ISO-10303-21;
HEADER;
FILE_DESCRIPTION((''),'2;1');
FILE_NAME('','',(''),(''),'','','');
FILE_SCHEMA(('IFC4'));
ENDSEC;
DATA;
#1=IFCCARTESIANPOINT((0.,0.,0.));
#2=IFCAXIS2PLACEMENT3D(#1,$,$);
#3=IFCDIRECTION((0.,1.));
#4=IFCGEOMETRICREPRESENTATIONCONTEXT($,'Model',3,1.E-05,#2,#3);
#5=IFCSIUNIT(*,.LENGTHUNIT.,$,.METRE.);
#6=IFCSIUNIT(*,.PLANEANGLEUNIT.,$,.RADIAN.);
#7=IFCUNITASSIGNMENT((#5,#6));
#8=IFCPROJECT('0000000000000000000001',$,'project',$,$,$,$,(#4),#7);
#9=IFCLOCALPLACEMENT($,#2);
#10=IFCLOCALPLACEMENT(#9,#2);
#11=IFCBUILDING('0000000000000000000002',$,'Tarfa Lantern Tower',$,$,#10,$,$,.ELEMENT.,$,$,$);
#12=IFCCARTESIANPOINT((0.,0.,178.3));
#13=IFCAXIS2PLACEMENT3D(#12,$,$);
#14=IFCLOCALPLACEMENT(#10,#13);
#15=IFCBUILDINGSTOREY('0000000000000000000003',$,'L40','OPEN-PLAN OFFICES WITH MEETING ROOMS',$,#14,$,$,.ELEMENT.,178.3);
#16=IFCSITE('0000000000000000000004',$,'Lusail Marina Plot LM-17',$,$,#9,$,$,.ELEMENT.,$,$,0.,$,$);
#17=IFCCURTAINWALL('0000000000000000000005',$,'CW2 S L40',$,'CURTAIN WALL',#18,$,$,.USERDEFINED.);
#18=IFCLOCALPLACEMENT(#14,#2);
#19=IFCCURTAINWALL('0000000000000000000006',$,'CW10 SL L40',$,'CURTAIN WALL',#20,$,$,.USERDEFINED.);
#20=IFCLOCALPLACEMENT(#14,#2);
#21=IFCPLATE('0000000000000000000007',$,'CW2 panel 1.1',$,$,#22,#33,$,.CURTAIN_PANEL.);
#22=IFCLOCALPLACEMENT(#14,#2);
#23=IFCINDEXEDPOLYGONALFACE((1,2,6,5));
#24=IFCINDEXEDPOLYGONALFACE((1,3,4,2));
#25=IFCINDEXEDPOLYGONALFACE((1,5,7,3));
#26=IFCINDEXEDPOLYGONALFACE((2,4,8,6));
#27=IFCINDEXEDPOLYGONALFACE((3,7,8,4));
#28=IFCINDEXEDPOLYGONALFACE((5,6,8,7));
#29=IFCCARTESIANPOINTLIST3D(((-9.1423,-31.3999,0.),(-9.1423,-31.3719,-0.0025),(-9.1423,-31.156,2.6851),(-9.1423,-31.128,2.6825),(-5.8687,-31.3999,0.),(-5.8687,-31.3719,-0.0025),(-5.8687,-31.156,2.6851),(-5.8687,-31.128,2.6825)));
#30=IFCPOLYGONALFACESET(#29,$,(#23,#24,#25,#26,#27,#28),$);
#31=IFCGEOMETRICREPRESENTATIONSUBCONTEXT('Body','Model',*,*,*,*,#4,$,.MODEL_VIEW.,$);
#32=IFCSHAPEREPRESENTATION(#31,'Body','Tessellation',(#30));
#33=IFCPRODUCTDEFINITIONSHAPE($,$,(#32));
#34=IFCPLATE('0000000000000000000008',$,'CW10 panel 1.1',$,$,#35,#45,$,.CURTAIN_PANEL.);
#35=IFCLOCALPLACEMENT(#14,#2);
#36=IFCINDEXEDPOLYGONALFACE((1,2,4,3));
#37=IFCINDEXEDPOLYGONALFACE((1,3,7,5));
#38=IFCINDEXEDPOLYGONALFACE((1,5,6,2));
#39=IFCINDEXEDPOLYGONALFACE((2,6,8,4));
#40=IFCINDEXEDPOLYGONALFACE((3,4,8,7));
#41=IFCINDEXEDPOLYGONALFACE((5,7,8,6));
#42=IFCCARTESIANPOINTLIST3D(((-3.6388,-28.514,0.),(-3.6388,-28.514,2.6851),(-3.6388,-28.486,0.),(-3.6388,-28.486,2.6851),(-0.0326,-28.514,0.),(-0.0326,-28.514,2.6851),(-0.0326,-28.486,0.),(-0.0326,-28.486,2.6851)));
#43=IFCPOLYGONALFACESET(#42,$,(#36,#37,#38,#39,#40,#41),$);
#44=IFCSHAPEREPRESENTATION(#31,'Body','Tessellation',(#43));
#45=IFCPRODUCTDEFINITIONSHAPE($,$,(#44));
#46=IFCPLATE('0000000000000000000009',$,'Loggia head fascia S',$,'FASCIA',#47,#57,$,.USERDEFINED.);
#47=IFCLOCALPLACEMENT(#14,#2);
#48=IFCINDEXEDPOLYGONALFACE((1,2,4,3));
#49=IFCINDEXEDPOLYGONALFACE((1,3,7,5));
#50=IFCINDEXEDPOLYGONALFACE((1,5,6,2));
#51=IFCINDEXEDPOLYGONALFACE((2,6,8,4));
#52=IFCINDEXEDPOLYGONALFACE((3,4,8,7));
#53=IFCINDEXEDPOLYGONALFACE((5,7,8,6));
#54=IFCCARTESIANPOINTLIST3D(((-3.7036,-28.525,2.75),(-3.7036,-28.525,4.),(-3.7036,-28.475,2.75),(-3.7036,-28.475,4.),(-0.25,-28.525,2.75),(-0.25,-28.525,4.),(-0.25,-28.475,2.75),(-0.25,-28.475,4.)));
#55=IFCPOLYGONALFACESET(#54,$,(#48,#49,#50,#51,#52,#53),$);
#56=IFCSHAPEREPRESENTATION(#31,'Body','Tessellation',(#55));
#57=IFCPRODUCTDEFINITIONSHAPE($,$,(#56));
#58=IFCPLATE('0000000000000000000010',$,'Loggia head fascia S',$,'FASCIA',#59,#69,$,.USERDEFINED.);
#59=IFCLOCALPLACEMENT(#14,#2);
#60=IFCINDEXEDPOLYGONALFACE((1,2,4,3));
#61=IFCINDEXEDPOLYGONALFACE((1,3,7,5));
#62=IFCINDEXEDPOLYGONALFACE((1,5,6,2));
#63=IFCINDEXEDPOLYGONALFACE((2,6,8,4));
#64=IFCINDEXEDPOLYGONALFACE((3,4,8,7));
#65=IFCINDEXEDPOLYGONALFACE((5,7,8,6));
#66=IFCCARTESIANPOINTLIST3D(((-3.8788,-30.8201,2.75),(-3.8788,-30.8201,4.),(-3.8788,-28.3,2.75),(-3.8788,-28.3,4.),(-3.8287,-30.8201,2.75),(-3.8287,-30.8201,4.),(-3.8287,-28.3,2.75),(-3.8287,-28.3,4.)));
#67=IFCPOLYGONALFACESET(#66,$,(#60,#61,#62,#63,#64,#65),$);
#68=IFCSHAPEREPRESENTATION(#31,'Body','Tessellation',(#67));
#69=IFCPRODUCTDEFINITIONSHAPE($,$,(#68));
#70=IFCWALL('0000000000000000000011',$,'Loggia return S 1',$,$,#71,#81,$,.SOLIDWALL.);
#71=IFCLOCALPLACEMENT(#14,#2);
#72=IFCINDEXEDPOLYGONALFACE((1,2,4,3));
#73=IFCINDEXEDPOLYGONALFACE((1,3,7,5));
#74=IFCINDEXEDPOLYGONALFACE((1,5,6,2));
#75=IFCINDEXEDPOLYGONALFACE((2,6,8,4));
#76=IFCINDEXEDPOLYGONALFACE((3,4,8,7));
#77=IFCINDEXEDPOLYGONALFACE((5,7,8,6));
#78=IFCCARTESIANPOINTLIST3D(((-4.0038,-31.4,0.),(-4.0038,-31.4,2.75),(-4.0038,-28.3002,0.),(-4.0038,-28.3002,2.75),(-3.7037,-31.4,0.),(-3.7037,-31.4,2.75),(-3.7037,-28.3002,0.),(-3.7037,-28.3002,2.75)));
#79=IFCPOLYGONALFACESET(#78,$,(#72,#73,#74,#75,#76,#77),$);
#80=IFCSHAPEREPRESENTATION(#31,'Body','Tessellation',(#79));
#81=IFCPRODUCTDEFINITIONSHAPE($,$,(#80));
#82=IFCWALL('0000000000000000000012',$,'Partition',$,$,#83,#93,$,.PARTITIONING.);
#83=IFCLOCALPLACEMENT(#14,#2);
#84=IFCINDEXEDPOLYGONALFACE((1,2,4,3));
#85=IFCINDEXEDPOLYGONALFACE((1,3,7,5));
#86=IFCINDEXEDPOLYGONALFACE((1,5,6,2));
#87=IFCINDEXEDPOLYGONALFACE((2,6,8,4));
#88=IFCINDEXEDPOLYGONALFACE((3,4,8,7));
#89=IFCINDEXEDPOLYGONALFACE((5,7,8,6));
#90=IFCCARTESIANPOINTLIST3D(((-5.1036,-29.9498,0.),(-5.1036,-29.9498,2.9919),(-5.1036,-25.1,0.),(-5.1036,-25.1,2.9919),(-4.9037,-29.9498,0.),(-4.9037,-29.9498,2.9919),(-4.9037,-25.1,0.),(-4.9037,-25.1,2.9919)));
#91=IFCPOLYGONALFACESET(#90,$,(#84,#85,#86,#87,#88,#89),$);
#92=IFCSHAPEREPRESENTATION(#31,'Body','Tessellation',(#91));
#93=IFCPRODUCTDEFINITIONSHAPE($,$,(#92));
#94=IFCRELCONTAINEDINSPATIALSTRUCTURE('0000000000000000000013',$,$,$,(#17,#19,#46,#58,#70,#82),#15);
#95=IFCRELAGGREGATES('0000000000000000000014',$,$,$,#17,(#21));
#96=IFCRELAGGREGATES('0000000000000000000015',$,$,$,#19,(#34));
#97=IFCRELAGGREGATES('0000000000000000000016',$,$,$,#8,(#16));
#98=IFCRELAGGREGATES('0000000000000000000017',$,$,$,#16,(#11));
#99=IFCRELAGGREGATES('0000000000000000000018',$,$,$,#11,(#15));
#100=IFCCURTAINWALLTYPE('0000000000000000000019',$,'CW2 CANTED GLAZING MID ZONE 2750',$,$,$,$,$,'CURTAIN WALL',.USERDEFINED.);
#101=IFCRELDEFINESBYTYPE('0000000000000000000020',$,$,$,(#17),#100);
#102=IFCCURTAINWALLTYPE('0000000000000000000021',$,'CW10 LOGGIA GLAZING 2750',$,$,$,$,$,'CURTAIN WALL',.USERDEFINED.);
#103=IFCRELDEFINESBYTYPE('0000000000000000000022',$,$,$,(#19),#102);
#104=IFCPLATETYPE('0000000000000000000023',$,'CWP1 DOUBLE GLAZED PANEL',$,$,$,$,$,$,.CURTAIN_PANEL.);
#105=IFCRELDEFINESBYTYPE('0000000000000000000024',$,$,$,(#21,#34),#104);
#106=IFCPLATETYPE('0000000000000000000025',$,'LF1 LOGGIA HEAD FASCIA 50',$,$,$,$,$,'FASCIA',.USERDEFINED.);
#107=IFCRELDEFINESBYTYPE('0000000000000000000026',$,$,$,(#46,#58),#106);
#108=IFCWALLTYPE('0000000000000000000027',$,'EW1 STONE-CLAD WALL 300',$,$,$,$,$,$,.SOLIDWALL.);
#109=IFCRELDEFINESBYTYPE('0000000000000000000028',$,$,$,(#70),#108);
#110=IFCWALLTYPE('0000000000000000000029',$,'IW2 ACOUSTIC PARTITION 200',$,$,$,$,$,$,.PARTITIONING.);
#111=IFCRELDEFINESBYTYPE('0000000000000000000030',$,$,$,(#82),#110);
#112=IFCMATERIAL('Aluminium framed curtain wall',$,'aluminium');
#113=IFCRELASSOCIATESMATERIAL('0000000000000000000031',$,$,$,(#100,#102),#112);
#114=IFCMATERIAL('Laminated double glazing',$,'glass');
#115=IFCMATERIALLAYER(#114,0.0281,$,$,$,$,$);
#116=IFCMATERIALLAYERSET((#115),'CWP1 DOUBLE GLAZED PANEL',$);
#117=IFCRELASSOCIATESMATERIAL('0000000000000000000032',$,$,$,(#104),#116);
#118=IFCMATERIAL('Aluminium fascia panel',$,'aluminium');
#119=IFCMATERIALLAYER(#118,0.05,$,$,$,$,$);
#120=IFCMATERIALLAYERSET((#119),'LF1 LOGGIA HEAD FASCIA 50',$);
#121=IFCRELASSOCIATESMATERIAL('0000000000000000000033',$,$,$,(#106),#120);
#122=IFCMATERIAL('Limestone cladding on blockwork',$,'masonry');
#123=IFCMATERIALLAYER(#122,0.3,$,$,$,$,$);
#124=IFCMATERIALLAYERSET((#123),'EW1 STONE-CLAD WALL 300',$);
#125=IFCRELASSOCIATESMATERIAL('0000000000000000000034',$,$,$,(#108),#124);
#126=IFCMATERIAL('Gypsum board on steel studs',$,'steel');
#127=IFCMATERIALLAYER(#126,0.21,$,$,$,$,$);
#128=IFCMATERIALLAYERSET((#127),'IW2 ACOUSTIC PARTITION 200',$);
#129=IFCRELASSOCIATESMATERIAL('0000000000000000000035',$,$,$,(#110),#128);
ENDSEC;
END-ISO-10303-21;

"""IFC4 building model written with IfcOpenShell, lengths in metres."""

from ifc_helpers import new_model, si_unit, direction, frame, frame_2d, origin, origin_2d, place, context, subcontext, project, spatial, polyline, rectangle, outline, extrude, material, layer, layer_set, type_object, element, aggregate, save


model = new_model("IFC4")

# Units and contexts
model_context = context("Model", 3, precision=1e-05, world=origin(), true_north=direction((0.0, 1.0)))
body_context = subcontext(model_context, "Body", "Model", "MODEL_VIEW")
ifc_project = project(units=[si_unit("LENGTHUNIT", "METRE"), si_unit("PLANEANGLEUNIT", "RADIAN")], contexts=[model_context])

# Site, building, storey
site_placement = place(None, origin())
site = spatial("IfcSite", under=ifc_project, at=site_placement, Name="Lusail Marina Plot LM-17", CompositionType="ELEMENT", RefElevation=0.0)
building_placement = place(site_placement, origin())
building = spatial("IfcBuilding", under=site, at=building_placement, Name="Tarfa Lantern Tower", CompositionType="ELEMENT")
storey_placement = place(building_placement, frame((0.0, 0.0, 178.3)))
storey = spatial("IfcBuildingStorey", under=building, at=storey_placement, Name="L40", Description="OPEN-PLAN OFFICES WITH MEETING ROOMS", CompositionType="ELEMENT", Elevation=178.3)

# Shared definitions
ifc_material_1 = material(Name="Aluminium framed curtain wall", Category="aluminium")
curtain_wall_type_1 = type_object("IfcCurtainWallType", Name="CW2 CANTED GLAZING MID ZONE 2750", ElementType="CURTAIN WALL", PredefinedType="USERDEFINED", material=ifc_material_1)

# Curtain walls
curtain_wall_1_placement = place(storey_placement, origin())
curtain_wall_1 = element("IfcCurtainWall", 1, at=curtain_wall_1_placement, inside=storey, type_object=curtain_wall_type_1, Name="CW2 S L40", ObjectType="CURTAIN WALL", PredefinedType="USERDEFINED")
curtain_wall_type_2 = type_object("IfcCurtainWallType", Name="CW10 LOGGIA GLAZING 2750", ElementType="CURTAIN WALL", PredefinedType="USERDEFINED", material=ifc_material_1)
curtain_wall_2_placement = place(storey_placement, origin())
curtain_wall_2 = element("IfcCurtainWall", 2, at=curtain_wall_2_placement, inside=storey, type_object=curtain_wall_type_2, Name="CW10 SL L40", ObjectType="CURTAIN WALL", PredefinedType="USERDEFINED")

# Plates
ifc_material_2 = material(Name="Laminated double glazing", Category="glass")
ifc_layer_1 = layer(ifc_material_2, 0.0281)
ifc_layer_set_1 = layer_set([ifc_layer_1], Name="CWP1 DOUBLE GLAZED PANEL")
plate_type_1 = type_object("IfcPlateType", Name="CWP1 DOUBLE GLAZED PANEL", PredefinedType="CURTAIN_PANEL", material=ifc_layer_set_1)
plate_1_placement = place(storey_placement, frame((-9.1423, -31.3999, 0.0), z_axis=(0.0, -0.9959, 0.090462), x_axis=(1.0, 0.0, 0.0)))
plate_1 = element("IfcPlate", 3, at=plate_1_placement, type_object=plate_type_1, Name="CW2 panel 1.1", PredefinedType="CURTAIN_PANEL", context=body_context, shape_type="SweptSolid", body=[
    extrude(outline(polyline([(0.0, 0.0), (3.2737, 0.0), (3.2737, 2.6961), (0.0, 2.6961), (0.0, 0.0)])), origin(), (0.0, 0.0, -1.0), 0.0281),
])
aggregate(curtain_wall_1, [plate_1])
plate_2_placement = place(storey_placement, frame((-1.8357, -28.5, 0.0), z_axis=(0.0, 0.0, 1.0), x_axis=(1.0, 0.0, 0.0)))
plate_2 = element("IfcPlate", 4, at=plate_2_placement, type_object=plate_type_1, Name="CW10 panel 1.1", PredefinedType="CURTAIN_PANEL", context=body_context, shape_type="SweptSolid", body=[
    extrude(rectangle(XDim=3.6062, YDim=0.0281, at=origin_2d()), origin(), (0.0, 0.0, 1.0), 2.6851),
])
aggregate(curtain_wall_2, [plate_2])

# Plates
ifc_material_3 = material(Name="Aluminium fascia panel", Category="aluminium")
ifc_layer_2 = layer(ifc_material_3, 0.05)
ifc_layer_set_2 = layer_set([ifc_layer_2], Name="LF1 LOGGIA HEAD FASCIA 50")
plate_type_2 = type_object("IfcPlateType", Name="LF1 LOGGIA HEAD FASCIA 50", ElementType="FASCIA", PredefinedType="USERDEFINED", material=ifc_layer_set_2)
plate_3_placement = place(storey_placement, frame((-1.9768, -28.5, 2.75), z_axis=(0.0, 0.0, 1.0), x_axis=(1.0, 0.0, 0.0)))
element("IfcPlate", 5, at=plate_3_placement, inside=storey, type_object=plate_type_2, Name="Loggia head fascia S", ObjectType="FASCIA", PredefinedType="USERDEFINED", context=body_context, shape_type="SweptSolid", body=[
    extrude(rectangle(XDim=3.4536, YDim=0.05, at=origin_2d()), origin(), (0.0, 0.0, 1.0), 1.25),
])
plate_4_placement = place(storey_placement, frame((-3.8538, -29.5601, 2.75), z_axis=(0.0, 0.0, 1.0), x_axis=(0.0, 1.0, 0.0)))
element("IfcPlate", 6, at=plate_4_placement, inside=storey, type_object=plate_type_2, Name="Loggia head fascia S", ObjectType="FASCIA", PredefinedType="USERDEFINED", context=body_context, shape_type="SweptSolid", body=[
    extrude(rectangle(XDim=2.52, YDim=0.05, at=origin_2d()), origin(), (0.0, 0.0, 1.0), 1.25),
])

# Walls
ifc_material_4 = material(Name="Limestone cladding on blockwork", Category="masonry")
ifc_layer_3 = layer(ifc_material_4, 0.3)
ifc_layer_set_3 = layer_set([ifc_layer_3], Name="EW1 STONE-CLAD WALL 300")
wall_type_1 = type_object("IfcWallType", Name="EW1 STONE-CLAD WALL 300", PredefinedType="SOLIDWALL", material=ifc_layer_set_3)
wall_1_placement = place(storey_placement, frame((-3.8538, -31.3999, 0.0), z_axis=(0.0, 0.0, 1.0), x_axis=(0.0, 1.0, 0.0)))
element("IfcWall", 7, at=wall_1_placement, inside=storey, type_object=wall_type_1, Name="Loggia return S 1", PredefinedType="SOLIDWALL", context=body_context, shape_type="SweptSolid", body=[
    extrude(rectangle(XDim=3.0999, YDim=0.3, at=frame_2d((1.5498, 0.0))), origin(), (0.0, 0.0, 1.0), 2.75),
])
ifc_material_5 = material(Name="Gypsum board on steel studs", Category="steel")
ifc_layer_4 = layer(ifc_material_5, 0.21)
ifc_layer_set_4 = layer_set([ifc_layer_4], Name="IW2 ACOUSTIC PARTITION 200")
wall_type_2 = type_object("IfcWallType", Name="IW2 ACOUSTIC PARTITION 200", PredefinedType="PARTITIONING", material=ifc_layer_set_4)
wall_2_placement = place(storey_placement, frame((-5.0037, -25.1001, 0.0), z_axis=(0.0, 0.0, 1.0), x_axis=(0.0, -1.0, 0.0)))
element("IfcWall", 8, at=wall_2_placement, inside=storey, type_object=wall_type_2, Name="Partition", PredefinedType="PARTITIONING", context=body_context, shape_type="SweptSolid", body=[
    extrude(rectangle(XDim=4.8499, YDim=0.2, at=frame_2d((2.4248, 0.0))), origin(), (0.0, 0.0, 1.0), 2.9919),
])

save(model, "model.ifc")
